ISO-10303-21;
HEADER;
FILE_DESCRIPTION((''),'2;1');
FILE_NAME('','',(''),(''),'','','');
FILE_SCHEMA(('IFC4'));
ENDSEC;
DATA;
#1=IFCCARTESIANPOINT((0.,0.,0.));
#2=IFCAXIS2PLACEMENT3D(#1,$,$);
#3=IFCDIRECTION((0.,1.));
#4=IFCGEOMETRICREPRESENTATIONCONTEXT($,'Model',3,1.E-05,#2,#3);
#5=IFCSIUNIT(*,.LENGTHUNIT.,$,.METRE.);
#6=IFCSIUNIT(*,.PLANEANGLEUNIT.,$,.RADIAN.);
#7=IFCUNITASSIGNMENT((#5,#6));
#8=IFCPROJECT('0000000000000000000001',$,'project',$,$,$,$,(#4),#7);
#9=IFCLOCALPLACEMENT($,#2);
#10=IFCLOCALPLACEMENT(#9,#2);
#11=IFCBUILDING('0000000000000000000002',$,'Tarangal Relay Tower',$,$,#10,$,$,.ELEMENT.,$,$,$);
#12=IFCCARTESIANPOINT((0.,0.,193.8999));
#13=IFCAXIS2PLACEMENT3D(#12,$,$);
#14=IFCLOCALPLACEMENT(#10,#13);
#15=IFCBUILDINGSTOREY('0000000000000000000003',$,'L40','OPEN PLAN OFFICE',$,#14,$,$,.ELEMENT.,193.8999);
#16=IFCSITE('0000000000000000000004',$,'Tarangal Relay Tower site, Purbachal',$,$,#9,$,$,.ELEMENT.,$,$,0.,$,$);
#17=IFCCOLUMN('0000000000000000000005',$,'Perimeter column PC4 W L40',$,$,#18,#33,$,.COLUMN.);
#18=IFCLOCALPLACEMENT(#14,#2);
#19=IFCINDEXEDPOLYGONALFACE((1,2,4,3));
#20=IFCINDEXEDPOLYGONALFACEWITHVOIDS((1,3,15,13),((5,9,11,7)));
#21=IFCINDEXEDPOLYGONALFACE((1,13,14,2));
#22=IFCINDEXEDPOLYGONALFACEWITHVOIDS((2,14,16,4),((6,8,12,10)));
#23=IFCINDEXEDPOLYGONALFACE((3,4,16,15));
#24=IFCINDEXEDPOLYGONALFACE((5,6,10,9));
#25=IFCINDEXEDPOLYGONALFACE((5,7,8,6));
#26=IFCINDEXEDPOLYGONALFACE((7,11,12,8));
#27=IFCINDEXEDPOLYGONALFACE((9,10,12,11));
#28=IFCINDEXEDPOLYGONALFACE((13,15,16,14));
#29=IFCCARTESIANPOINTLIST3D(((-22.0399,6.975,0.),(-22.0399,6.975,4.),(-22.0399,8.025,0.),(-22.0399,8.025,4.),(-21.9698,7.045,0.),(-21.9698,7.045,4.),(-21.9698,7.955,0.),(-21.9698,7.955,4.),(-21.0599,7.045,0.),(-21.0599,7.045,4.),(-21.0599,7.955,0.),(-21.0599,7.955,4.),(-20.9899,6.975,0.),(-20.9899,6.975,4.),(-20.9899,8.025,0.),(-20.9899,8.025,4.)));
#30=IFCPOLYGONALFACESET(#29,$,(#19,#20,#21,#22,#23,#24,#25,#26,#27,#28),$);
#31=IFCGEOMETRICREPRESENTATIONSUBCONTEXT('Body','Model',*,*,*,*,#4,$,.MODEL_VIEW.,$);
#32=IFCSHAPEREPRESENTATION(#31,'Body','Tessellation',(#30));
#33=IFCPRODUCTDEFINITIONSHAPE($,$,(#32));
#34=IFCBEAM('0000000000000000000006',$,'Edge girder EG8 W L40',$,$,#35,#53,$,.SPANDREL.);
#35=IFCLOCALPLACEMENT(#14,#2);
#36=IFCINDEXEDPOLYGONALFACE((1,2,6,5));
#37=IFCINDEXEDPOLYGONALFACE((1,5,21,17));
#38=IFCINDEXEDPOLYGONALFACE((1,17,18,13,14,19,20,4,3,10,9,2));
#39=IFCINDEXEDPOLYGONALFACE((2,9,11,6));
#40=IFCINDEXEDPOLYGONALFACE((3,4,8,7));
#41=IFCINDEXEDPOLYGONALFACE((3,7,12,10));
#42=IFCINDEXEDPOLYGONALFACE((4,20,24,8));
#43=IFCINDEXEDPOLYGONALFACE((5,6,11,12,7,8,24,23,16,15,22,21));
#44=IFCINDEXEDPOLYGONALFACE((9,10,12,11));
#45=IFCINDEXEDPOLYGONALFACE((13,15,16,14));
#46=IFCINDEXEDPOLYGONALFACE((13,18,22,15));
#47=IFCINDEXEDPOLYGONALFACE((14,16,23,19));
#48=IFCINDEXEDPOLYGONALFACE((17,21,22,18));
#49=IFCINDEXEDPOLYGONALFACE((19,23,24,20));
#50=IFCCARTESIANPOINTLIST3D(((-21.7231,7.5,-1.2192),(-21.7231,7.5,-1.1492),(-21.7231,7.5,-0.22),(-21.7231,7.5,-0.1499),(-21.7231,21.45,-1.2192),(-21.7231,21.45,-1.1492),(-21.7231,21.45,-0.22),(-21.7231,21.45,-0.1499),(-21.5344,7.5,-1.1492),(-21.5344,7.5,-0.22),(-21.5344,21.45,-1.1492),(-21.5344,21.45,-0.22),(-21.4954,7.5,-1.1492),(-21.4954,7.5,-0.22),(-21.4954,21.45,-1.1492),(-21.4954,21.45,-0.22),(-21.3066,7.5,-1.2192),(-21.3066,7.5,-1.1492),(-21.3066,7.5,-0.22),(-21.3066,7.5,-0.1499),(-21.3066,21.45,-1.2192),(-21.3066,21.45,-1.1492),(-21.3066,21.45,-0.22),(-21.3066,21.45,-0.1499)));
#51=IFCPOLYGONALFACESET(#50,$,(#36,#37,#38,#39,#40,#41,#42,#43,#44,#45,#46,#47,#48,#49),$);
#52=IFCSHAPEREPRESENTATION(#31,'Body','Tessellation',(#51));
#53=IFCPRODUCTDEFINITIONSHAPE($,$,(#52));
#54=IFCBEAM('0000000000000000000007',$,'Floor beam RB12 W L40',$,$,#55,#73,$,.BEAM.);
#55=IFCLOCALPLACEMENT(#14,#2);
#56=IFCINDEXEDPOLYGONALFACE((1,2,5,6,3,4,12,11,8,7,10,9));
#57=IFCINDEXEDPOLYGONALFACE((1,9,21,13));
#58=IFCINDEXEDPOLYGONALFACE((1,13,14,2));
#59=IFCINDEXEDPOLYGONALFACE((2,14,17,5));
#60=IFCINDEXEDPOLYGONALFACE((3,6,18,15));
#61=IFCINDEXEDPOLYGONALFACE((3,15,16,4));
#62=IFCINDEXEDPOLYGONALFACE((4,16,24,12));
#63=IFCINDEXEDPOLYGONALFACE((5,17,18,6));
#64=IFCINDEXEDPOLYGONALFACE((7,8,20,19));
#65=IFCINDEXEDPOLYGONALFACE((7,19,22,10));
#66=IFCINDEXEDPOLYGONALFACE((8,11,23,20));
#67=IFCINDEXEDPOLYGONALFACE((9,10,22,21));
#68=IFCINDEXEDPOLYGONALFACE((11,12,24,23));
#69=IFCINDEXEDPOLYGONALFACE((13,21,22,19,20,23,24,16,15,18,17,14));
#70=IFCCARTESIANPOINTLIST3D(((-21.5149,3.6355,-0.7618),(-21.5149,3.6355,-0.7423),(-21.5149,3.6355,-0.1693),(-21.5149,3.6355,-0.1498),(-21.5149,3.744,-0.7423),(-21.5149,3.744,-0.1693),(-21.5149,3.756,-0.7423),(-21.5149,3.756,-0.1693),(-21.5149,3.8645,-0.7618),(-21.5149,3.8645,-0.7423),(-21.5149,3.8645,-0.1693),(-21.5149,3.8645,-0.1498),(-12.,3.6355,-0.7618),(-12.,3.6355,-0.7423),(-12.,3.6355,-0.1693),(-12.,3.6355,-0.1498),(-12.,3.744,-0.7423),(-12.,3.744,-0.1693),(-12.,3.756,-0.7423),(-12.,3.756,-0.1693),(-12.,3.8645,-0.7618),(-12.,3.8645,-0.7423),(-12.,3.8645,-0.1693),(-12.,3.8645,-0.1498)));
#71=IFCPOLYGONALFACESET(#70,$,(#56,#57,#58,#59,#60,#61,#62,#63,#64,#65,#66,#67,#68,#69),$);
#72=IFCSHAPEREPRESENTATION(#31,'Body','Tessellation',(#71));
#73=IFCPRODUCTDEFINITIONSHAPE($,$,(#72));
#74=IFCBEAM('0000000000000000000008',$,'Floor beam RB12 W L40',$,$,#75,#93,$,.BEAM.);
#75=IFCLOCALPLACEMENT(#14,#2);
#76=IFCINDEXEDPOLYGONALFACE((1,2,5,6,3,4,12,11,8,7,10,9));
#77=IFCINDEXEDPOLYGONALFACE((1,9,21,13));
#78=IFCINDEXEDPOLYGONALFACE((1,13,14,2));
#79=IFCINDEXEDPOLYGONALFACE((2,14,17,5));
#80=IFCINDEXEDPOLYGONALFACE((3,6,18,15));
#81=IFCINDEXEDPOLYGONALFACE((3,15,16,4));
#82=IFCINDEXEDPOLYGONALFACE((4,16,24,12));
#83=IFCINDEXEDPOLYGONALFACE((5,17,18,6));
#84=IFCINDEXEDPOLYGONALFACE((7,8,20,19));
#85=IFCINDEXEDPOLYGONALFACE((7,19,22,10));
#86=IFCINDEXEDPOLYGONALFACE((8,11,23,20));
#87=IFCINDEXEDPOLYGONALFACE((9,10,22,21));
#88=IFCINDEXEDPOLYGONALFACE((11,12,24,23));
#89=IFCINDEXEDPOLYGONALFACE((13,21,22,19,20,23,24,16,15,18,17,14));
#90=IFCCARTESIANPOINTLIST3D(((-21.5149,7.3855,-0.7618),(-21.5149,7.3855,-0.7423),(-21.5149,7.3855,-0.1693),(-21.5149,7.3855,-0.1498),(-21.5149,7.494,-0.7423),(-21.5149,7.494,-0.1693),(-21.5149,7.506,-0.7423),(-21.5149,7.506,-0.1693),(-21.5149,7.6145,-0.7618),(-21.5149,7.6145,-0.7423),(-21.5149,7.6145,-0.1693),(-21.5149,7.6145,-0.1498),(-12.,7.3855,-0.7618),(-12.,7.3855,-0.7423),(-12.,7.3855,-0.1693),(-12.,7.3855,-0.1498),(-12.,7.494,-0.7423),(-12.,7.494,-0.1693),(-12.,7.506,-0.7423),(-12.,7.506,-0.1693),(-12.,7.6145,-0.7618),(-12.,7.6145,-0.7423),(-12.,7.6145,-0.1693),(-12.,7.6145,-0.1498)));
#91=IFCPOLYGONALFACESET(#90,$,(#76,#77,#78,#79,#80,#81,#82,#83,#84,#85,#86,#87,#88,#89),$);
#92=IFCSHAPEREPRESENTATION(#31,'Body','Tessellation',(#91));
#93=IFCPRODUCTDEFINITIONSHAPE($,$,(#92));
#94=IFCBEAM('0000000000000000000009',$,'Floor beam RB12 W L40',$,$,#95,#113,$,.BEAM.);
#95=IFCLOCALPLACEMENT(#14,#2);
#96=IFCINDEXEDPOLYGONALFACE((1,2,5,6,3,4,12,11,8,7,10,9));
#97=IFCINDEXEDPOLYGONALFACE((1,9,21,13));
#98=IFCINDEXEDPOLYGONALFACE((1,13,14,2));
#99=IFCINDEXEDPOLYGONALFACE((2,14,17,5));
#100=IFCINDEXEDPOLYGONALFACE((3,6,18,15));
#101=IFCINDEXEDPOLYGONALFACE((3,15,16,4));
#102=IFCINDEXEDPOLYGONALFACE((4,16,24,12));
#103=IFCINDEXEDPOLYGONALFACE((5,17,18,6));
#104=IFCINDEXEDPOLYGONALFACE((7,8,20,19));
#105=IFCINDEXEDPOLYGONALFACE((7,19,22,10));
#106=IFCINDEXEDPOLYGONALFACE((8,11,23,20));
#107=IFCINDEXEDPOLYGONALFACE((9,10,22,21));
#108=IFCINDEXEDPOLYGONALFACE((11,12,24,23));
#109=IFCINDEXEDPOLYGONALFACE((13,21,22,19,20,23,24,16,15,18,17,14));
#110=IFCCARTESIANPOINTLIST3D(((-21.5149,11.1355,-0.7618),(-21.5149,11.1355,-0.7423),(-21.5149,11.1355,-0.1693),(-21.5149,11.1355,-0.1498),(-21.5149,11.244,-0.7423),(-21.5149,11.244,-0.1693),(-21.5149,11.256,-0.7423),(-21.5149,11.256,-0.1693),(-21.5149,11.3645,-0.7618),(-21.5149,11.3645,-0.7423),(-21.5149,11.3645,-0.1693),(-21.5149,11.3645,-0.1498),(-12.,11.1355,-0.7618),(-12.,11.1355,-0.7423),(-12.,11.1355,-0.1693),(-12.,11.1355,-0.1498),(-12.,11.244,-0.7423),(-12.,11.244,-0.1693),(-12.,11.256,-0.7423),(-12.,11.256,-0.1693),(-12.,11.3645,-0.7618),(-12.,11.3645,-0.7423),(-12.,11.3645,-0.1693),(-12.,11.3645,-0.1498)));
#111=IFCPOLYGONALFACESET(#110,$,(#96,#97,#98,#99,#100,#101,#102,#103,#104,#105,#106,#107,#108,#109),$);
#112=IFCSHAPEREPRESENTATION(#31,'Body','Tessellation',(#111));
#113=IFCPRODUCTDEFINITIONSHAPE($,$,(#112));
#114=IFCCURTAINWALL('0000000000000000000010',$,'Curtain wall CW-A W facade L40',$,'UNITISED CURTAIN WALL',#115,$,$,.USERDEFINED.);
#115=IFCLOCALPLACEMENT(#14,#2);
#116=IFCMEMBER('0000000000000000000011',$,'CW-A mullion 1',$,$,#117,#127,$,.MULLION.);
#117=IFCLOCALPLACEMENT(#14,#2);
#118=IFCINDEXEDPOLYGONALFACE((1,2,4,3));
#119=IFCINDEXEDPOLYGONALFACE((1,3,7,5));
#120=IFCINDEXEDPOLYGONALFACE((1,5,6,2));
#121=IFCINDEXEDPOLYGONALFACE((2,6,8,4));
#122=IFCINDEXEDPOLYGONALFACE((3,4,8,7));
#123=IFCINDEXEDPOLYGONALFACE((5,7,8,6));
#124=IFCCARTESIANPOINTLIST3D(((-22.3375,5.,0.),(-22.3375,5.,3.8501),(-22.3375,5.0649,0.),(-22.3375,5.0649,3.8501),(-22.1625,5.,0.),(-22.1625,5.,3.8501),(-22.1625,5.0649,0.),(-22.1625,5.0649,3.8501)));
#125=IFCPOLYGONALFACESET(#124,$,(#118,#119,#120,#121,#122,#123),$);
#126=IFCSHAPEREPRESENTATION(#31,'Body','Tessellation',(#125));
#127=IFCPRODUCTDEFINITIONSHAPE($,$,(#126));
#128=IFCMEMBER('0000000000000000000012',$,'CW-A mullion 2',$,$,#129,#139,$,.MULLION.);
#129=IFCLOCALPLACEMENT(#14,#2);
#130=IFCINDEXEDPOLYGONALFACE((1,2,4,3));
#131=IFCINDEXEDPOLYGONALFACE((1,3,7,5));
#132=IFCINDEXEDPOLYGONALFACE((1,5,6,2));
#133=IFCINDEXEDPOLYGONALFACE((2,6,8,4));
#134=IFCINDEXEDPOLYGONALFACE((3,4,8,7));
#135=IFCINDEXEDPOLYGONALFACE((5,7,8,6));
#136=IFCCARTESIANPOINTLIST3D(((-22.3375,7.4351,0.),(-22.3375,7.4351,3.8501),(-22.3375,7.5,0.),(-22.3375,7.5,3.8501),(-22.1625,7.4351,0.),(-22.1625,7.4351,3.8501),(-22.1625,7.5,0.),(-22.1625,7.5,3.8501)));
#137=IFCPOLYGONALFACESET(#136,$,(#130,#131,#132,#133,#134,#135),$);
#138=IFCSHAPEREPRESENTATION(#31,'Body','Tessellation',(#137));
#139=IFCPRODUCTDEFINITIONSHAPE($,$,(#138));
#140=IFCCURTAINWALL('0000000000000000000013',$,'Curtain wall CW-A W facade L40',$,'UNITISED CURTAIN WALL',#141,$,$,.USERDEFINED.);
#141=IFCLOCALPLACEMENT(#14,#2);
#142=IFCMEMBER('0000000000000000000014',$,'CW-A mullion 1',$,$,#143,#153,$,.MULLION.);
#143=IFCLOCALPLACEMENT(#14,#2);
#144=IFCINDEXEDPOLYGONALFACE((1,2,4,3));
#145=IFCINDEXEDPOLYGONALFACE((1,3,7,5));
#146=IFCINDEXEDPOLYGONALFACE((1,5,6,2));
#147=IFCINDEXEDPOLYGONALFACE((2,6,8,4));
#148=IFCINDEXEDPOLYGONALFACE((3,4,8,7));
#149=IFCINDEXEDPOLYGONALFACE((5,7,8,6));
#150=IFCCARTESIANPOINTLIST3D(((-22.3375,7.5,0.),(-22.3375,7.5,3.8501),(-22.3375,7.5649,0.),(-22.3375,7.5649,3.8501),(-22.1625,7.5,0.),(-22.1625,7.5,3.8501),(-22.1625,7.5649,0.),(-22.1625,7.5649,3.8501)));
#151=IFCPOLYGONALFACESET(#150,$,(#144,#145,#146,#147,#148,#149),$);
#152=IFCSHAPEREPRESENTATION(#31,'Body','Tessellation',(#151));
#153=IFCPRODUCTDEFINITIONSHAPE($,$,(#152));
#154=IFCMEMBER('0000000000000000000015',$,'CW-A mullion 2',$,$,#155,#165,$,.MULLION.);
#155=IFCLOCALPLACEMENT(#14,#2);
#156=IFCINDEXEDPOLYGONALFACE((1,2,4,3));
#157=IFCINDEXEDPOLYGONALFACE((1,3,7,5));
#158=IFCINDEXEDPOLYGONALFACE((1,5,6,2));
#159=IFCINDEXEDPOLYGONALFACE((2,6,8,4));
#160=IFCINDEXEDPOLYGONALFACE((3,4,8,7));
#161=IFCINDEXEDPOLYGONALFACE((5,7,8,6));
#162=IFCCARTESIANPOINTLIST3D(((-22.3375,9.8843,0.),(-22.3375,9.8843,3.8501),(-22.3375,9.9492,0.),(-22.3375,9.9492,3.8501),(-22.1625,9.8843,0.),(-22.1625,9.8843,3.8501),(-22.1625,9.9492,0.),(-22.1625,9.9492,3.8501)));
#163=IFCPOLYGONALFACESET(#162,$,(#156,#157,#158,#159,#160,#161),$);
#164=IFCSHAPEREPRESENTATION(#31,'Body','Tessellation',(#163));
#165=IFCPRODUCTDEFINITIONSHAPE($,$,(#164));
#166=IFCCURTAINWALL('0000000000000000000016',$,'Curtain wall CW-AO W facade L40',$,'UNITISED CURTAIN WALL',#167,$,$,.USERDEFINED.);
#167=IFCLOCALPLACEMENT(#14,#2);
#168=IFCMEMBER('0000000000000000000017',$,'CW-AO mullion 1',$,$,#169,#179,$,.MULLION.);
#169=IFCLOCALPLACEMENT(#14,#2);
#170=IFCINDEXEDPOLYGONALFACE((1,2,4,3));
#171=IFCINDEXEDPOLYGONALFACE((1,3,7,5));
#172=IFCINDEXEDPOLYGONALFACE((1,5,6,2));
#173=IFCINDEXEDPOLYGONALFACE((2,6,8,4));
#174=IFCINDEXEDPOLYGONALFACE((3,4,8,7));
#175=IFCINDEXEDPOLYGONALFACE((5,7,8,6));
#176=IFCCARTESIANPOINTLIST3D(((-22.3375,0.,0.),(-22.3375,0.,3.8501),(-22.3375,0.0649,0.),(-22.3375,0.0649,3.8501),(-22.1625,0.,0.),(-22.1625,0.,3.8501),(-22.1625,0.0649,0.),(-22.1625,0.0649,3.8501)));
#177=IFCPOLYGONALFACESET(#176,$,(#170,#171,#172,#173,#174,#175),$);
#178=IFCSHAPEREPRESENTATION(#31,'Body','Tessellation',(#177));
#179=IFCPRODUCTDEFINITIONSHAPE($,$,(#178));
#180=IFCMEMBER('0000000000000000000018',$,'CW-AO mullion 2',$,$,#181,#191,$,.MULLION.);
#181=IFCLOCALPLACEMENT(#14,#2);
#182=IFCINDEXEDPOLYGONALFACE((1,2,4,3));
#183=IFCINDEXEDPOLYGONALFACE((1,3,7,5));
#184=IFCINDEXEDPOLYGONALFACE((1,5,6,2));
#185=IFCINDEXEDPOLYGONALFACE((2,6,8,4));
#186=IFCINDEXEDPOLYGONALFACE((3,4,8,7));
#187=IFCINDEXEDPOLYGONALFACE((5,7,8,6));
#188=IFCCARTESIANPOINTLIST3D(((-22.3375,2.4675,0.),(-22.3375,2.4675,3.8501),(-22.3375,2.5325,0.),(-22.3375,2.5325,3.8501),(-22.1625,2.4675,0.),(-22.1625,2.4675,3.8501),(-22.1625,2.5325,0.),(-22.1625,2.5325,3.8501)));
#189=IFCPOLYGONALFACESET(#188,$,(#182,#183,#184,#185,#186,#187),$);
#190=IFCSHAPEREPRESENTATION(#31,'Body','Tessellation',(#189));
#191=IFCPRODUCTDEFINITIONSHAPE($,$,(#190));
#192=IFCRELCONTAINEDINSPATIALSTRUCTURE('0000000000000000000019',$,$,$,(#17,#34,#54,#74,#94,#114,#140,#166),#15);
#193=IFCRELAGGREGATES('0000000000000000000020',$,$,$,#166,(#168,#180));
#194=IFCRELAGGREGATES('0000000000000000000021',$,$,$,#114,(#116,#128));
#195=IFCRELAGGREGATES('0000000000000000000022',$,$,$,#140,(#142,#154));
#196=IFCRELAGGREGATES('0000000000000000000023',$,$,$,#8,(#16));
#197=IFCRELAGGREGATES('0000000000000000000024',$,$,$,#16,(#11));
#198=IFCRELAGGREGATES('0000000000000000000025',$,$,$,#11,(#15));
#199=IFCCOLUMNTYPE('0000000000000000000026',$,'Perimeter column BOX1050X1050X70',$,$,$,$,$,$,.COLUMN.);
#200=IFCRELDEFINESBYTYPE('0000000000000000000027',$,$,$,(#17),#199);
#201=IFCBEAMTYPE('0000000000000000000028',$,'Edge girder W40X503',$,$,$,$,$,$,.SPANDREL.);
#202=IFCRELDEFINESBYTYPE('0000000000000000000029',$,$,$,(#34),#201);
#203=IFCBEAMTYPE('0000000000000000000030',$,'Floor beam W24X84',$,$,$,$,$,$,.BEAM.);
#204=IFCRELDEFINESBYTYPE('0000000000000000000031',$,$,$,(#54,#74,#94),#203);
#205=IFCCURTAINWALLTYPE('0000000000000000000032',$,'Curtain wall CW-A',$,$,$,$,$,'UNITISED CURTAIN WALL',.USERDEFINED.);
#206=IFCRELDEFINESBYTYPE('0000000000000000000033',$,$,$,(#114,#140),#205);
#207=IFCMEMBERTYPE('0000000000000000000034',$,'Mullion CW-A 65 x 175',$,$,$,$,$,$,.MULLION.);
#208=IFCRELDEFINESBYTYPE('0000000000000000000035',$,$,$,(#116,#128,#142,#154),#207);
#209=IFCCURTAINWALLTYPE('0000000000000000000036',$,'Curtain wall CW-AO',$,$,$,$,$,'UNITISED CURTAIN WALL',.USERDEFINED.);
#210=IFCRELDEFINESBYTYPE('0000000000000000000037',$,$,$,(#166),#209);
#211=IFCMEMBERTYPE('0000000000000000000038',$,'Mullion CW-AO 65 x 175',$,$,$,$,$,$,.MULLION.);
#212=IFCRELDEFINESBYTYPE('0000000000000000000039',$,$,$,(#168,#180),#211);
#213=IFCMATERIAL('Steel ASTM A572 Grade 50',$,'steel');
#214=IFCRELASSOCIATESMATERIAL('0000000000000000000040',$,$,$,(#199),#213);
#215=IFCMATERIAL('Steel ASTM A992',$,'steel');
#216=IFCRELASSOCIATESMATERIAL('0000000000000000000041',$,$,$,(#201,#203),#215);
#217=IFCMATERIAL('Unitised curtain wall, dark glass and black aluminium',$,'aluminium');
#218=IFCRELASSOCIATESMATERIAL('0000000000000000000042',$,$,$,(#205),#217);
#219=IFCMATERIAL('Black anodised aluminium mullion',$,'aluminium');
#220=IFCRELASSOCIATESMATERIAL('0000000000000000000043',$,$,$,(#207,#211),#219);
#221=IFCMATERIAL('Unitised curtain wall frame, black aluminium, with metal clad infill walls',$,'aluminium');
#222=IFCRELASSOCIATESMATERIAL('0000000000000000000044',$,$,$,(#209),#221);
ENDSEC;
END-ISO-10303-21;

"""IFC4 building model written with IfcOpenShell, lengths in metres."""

from ifc_helpers import new_model, si_unit, direction, frame, origin, origin_2d, place, context, subcontext, project, spatial, rectangle, hollow_rectangle, i_section, extrude, material, material_profile, profile_set, type_object, element, aggregate, save


model = new_model("IFC4")

# Units and contexts
model_context = context("Model", 3, precision=1e-05, world=origin(), true_north=direction((0.0, 1.0)))
body_context = subcontext(model_context, "Body", "Model", "MODEL_VIEW")
ifc_project = project(units=[si_unit("LENGTHUNIT", "METRE"), si_unit("PLANEANGLEUNIT", "RADIAN")], contexts=[model_context])

# Site, building, storey
site_placement = place(None, origin())
site = spatial("IfcSite", under=ifc_project, at=site_placement, Name="Tarangal Relay Tower site, Purbachal", CompositionType="ELEMENT", RefElevation=0.0)
building_placement = place(site_placement, origin())
building = spatial("IfcBuilding", under=site, at=building_placement, Name="Tarangal Relay Tower", CompositionType="ELEMENT")
storey_placement = place(building_placement, frame((0.0, 0.0, 193.8999)))
storey = spatial("IfcBuildingStorey", under=building, at=storey_placement, Name="L40", Description="OPEN PLAN OFFICE", CompositionType="ELEMENT", Elevation=193.8999)

# Column
ifc_material_1 = material(Name="Steel ASTM A572 Grade 50", Category="steel")
ifc_material_profile_1 = material_profile(ifc_material_1, hollow_rectangle(XDim=1.05, YDim=1.05, WallThickness=0.0701, at=origin_2d()), Name="BOX1050X1050X70")
ifc_profile_set_1 = profile_set([ifc_material_profile_1], Name="Steel ASTM A572 Grade 50")
column_type = type_object("IfcColumnType", Name="Perimeter column BOX1050X1050X70", PredefinedType="COLUMN", material=ifc_profile_set_1)
column_placement = place(storey_placement, frame((-21.5149, 7.5, 0.0), z_axis=(0.0, 0.0, 1.0), x_axis=(1.0, 0.0, 0.0)))
element("IfcColumn", 1, at=column_placement, inside=storey, type_object=column_type, Name="Perimeter column PC4 W L40", PredefinedType="COLUMN", context=body_context, shape_type="SweptSolid", body=[
    extrude(hollow_rectangle(XDim=1.05, YDim=1.05, WallThickness=0.0701, at=origin_2d()), origin(), (0.0, 0.0, 1.0), 4.0),
])

# Beams
ifc_material_2 = material(Name="Steel ASTM A992", Category="steel")
ifc_material_profile_2 = material_profile(ifc_material_2, i_section(OverallWidth=0.4165, OverallDepth=1.0693, WebThickness=0.0391, FlangeThickness=0.0701, at=origin_2d()), Name="W40X503")
ifc_profile_set_2 = profile_set([ifc_material_profile_2], Name="Steel ASTM A992")
beam_type_1 = type_object("IfcBeamType", Name="Edge girder W40X503", PredefinedType="SPANDREL", material=ifc_profile_set_2)
beam_placement = place(storey_placement, frame((-21.5149, 7.5, -0.6846), z_axis=(0.0, 1.0, 0.0), x_axis=(-1.0, 0.0, 0.0)))
element("IfcBeam", 2, at=beam_placement, inside=storey, type_object=beam_type_1, Name="Edge girder EG8 W L40", PredefinedType="SPANDREL", context=body_context, shape_type="SweptSolid", body=[
    extrude(i_section(OverallWidth=0.4165, OverallDepth=1.0693, WebThickness=0.0391, FlangeThickness=0.0701, at=origin_2d()), origin(), (0.0, 0.0, 1.0), 13.95),
])
ifc_material_profile_3 = material_profile(ifc_material_2, i_section(OverallWidth=0.229, OverallDepth=0.6121, WebThickness=0.012, FlangeThickness=0.0195, at=origin_2d()), Name="W24X84")
ifc_profile_set_3 = profile_set([ifc_material_profile_3], Name="Steel ASTM A992")
beam_type_2 = type_object("IfcBeamType", Name="Floor beam W24X84", PredefinedType="BEAM", material=ifc_profile_set_3)
for number, where, z_axis, x_axis, name in (
    (3, (-12.0, 3.75, -0.4558), (-1.0, 0.0, 0.0), (0.0, -1.0, 0.0), "Floor beam RB12 W L40"),
    (4, (-12.0, 7.5, -0.4558), (-1.0, 0.0, 0.0), (0.0, -1.0, 0.0), "Floor beam RB12 W L40"),
    (5, (-12.0, 11.25, -0.4558), (-1.0, 0.0, 0.0), (0.0, -1.0, 0.0), "Floor beam RB12 W L40"),
):
    element("IfcBeam", number, at=place(storey_placement, frame(where, z_axis=z_axis, x_axis=x_axis)), inside=storey, type_object=beam_type_2, Name=name, PredefinedType="BEAM", context=body_context, shape_type="SweptSolid", body=[
        extrude(i_section(OverallWidth=0.229, OverallDepth=0.6121, WebThickness=0.012, FlangeThickness=0.0195, at=origin_2d()), origin(), (0.0, 0.0, 1.0), 9.5149),
    ])

# Curtain walls, members
ifc_material_3 = material(Name="Unitised curtain wall, dark glass and black aluminium", Category="aluminium")
curtain_wall_type_1 = type_object("IfcCurtainWallType", Name="Curtain wall CW-A", ElementType="UNITISED CURTAIN WALL", PredefinedType="USERDEFINED", material=ifc_material_3)
curtain_wall_1_placement = place(storey_placement, origin())
curtain_wall_1 = element("IfcCurtainWall", 6, at=curtain_wall_1_placement, inside=storey, type_object=curtain_wall_type_1, Name="Curtain wall CW-A W facade L40", ObjectType="UNITISED CURTAIN WALL", PredefinedType="USERDEFINED")
ifc_material_4 = material(Name="Black anodised aluminium mullion", Category="aluminium")
ifc_material_profile_4 = material_profile(ifc_material_4, rectangle(XDim=0.175, YDim=0.0649, at=origin_2d()), Name="CW-AM 65X175")
ifc_profile_set_4 = profile_set([ifc_material_profile_4], Name="Black anodised aluminium mullion")
member_type_1 = type_object("IfcMemberType", Name="Mullion CW-A 65 x 175", PredefinedType="MULLION", material=ifc_profile_set_4)
member_1_placement = place(storey_placement, frame((-22.25, 5.0325, 0.0), z_axis=(0.0, 0.0, 1.0), x_axis=(-1.0, 0.0, 0.0)))
member_1 = element("IfcMember", 7, at=member_1_placement, type_object=member_type_1, Name="CW-A mullion 1", PredefinedType="MULLION", context=body_context, shape_type="SweptSolid", body=[
    extrude(rectangle(XDim=0.175, YDim=0.0649, at=origin_2d()), origin(), (0.0, 0.0, 1.0), 3.8501),
])
member_2_placement = place(storey_placement, frame((-22.25, 7.4675, 0.0), z_axis=(0.0, 0.0, 1.0), x_axis=(-1.0, 0.0, 0.0)))
member_2 = element("IfcMember", 8, at=member_2_placement, type_object=member_type_1, Name="CW-A mullion 2", PredefinedType="MULLION", context=body_context, shape_type="SweptSolid", body=[
    extrude(rectangle(XDim=0.175, YDim=0.0649, at=origin_2d()), origin(), (0.0, 0.0, 1.0), 3.8501),
])
curtain_wall_2_placement = place(storey_placement, origin())
curtain_wall_2 = element("IfcCurtainWall", 9, at=curtain_wall_2_placement, inside=storey, type_object=curtain_wall_type_1, Name="Curtain wall CW-A W facade L40", ObjectType="UNITISED CURTAIN WALL", PredefinedType="USERDEFINED")
member_3_placement = place(storey_placement, frame((-22.25, 7.5325, 0.0), z_axis=(0.0, 0.0, 1.0), x_axis=(-1.0, 0.0, 0.0)))
member_3 = element("IfcMember", 10, at=member_3_placement, type_object=member_type_1, Name="CW-A mullion 1", PredefinedType="MULLION", context=body_context, shape_type="SweptSolid", body=[
    extrude(rectangle(XDim=0.175, YDim=0.0649, at=origin_2d()), origin(), (0.0, 0.0, 1.0), 3.8501),
])
member_4_placement = place(storey_placement, frame((-22.25, 9.9167, 0.0), z_axis=(0.0, 0.0, 1.0), x_axis=(-1.0, 0.0, 0.0)))
member_4 = element("IfcMember", 11, at=member_4_placement, type_object=member_type_1, Name="CW-A mullion 2", PredefinedType="MULLION", context=body_context, shape_type="SweptSolid", body=[
    extrude(rectangle(XDim=0.175, YDim=0.0649, at=origin_2d()), origin(), (0.0, 0.0, 1.0), 3.8501),
])
ifc_material_5 = material(Name="Unitised curtain wall frame, black aluminium, with metal clad infill walls", Category="aluminium")
curtain_wall_type_2 = type_object("IfcCurtainWallType", Name="Curtain wall CW-AO", ElementType="UNITISED CURTAIN WALL", PredefinedType="USERDEFINED", material=ifc_material_5)
curtain_wall_3_placement = place(storey_placement, origin())
curtain_wall_3 = element("IfcCurtainWall", 12, at=curtain_wall_3_placement, inside=storey, type_object=curtain_wall_type_2, Name="Curtain wall CW-AO W facade L40", ObjectType="UNITISED CURTAIN WALL", PredefinedType="USERDEFINED")
ifc_material_profile_5 = material_profile(ifc_material_4, rectangle(XDim=0.175, YDim=0.0649, at=origin_2d()), Name="CW-AOM 65X175")
ifc_profile_set_5 = profile_set([ifc_material_profile_5], Name="Black anodised aluminium mullion")
member_type_2 = type_object("IfcMemberType", Name="Mullion CW-AO 65 x 175", PredefinedType="MULLION", material=ifc_profile_set_5)
member_5_placement = place(storey_placement, frame((-22.25, 0.0325, 0.0), z_axis=(0.0, 0.0, 1.0), x_axis=(-1.0, 0.0, 0.0)))
member_5 = element("IfcMember", 13, at=member_5_placement, type_object=member_type_2, Name="CW-AO mullion 1", PredefinedType="MULLION", context=body_context, shape_type="SweptSolid", body=[
    extrude(rectangle(XDim=0.175, YDim=0.0649, at=origin_2d()), origin(), (0.0, 0.0, 1.0), 3.8501),
])
member_6_placement = place(storey_placement, frame((-22.25, 2.5, 0.0), z_axis=(0.0, 0.0, 1.0), x_axis=(-1.0, 0.0, 0.0)))
member_6 = element("IfcMember", 14, at=member_6_placement, type_object=member_type_2, Name="CW-AO mullion 2", PredefinedType="MULLION", context=body_context, shape_type="SweptSolid", body=[
    extrude(rectangle(XDim=0.175, YDim=0.0649, at=origin_2d()), origin(), (0.0, 0.0, 1.0), 3.8501),
])

aggregate(curtain_wall_3, [member_5, member_6])

aggregate(curtain_wall_1, [member_1, member_2])
aggregate(curtain_wall_2, [member_3, member_4])

save(model, "model.ifc")
